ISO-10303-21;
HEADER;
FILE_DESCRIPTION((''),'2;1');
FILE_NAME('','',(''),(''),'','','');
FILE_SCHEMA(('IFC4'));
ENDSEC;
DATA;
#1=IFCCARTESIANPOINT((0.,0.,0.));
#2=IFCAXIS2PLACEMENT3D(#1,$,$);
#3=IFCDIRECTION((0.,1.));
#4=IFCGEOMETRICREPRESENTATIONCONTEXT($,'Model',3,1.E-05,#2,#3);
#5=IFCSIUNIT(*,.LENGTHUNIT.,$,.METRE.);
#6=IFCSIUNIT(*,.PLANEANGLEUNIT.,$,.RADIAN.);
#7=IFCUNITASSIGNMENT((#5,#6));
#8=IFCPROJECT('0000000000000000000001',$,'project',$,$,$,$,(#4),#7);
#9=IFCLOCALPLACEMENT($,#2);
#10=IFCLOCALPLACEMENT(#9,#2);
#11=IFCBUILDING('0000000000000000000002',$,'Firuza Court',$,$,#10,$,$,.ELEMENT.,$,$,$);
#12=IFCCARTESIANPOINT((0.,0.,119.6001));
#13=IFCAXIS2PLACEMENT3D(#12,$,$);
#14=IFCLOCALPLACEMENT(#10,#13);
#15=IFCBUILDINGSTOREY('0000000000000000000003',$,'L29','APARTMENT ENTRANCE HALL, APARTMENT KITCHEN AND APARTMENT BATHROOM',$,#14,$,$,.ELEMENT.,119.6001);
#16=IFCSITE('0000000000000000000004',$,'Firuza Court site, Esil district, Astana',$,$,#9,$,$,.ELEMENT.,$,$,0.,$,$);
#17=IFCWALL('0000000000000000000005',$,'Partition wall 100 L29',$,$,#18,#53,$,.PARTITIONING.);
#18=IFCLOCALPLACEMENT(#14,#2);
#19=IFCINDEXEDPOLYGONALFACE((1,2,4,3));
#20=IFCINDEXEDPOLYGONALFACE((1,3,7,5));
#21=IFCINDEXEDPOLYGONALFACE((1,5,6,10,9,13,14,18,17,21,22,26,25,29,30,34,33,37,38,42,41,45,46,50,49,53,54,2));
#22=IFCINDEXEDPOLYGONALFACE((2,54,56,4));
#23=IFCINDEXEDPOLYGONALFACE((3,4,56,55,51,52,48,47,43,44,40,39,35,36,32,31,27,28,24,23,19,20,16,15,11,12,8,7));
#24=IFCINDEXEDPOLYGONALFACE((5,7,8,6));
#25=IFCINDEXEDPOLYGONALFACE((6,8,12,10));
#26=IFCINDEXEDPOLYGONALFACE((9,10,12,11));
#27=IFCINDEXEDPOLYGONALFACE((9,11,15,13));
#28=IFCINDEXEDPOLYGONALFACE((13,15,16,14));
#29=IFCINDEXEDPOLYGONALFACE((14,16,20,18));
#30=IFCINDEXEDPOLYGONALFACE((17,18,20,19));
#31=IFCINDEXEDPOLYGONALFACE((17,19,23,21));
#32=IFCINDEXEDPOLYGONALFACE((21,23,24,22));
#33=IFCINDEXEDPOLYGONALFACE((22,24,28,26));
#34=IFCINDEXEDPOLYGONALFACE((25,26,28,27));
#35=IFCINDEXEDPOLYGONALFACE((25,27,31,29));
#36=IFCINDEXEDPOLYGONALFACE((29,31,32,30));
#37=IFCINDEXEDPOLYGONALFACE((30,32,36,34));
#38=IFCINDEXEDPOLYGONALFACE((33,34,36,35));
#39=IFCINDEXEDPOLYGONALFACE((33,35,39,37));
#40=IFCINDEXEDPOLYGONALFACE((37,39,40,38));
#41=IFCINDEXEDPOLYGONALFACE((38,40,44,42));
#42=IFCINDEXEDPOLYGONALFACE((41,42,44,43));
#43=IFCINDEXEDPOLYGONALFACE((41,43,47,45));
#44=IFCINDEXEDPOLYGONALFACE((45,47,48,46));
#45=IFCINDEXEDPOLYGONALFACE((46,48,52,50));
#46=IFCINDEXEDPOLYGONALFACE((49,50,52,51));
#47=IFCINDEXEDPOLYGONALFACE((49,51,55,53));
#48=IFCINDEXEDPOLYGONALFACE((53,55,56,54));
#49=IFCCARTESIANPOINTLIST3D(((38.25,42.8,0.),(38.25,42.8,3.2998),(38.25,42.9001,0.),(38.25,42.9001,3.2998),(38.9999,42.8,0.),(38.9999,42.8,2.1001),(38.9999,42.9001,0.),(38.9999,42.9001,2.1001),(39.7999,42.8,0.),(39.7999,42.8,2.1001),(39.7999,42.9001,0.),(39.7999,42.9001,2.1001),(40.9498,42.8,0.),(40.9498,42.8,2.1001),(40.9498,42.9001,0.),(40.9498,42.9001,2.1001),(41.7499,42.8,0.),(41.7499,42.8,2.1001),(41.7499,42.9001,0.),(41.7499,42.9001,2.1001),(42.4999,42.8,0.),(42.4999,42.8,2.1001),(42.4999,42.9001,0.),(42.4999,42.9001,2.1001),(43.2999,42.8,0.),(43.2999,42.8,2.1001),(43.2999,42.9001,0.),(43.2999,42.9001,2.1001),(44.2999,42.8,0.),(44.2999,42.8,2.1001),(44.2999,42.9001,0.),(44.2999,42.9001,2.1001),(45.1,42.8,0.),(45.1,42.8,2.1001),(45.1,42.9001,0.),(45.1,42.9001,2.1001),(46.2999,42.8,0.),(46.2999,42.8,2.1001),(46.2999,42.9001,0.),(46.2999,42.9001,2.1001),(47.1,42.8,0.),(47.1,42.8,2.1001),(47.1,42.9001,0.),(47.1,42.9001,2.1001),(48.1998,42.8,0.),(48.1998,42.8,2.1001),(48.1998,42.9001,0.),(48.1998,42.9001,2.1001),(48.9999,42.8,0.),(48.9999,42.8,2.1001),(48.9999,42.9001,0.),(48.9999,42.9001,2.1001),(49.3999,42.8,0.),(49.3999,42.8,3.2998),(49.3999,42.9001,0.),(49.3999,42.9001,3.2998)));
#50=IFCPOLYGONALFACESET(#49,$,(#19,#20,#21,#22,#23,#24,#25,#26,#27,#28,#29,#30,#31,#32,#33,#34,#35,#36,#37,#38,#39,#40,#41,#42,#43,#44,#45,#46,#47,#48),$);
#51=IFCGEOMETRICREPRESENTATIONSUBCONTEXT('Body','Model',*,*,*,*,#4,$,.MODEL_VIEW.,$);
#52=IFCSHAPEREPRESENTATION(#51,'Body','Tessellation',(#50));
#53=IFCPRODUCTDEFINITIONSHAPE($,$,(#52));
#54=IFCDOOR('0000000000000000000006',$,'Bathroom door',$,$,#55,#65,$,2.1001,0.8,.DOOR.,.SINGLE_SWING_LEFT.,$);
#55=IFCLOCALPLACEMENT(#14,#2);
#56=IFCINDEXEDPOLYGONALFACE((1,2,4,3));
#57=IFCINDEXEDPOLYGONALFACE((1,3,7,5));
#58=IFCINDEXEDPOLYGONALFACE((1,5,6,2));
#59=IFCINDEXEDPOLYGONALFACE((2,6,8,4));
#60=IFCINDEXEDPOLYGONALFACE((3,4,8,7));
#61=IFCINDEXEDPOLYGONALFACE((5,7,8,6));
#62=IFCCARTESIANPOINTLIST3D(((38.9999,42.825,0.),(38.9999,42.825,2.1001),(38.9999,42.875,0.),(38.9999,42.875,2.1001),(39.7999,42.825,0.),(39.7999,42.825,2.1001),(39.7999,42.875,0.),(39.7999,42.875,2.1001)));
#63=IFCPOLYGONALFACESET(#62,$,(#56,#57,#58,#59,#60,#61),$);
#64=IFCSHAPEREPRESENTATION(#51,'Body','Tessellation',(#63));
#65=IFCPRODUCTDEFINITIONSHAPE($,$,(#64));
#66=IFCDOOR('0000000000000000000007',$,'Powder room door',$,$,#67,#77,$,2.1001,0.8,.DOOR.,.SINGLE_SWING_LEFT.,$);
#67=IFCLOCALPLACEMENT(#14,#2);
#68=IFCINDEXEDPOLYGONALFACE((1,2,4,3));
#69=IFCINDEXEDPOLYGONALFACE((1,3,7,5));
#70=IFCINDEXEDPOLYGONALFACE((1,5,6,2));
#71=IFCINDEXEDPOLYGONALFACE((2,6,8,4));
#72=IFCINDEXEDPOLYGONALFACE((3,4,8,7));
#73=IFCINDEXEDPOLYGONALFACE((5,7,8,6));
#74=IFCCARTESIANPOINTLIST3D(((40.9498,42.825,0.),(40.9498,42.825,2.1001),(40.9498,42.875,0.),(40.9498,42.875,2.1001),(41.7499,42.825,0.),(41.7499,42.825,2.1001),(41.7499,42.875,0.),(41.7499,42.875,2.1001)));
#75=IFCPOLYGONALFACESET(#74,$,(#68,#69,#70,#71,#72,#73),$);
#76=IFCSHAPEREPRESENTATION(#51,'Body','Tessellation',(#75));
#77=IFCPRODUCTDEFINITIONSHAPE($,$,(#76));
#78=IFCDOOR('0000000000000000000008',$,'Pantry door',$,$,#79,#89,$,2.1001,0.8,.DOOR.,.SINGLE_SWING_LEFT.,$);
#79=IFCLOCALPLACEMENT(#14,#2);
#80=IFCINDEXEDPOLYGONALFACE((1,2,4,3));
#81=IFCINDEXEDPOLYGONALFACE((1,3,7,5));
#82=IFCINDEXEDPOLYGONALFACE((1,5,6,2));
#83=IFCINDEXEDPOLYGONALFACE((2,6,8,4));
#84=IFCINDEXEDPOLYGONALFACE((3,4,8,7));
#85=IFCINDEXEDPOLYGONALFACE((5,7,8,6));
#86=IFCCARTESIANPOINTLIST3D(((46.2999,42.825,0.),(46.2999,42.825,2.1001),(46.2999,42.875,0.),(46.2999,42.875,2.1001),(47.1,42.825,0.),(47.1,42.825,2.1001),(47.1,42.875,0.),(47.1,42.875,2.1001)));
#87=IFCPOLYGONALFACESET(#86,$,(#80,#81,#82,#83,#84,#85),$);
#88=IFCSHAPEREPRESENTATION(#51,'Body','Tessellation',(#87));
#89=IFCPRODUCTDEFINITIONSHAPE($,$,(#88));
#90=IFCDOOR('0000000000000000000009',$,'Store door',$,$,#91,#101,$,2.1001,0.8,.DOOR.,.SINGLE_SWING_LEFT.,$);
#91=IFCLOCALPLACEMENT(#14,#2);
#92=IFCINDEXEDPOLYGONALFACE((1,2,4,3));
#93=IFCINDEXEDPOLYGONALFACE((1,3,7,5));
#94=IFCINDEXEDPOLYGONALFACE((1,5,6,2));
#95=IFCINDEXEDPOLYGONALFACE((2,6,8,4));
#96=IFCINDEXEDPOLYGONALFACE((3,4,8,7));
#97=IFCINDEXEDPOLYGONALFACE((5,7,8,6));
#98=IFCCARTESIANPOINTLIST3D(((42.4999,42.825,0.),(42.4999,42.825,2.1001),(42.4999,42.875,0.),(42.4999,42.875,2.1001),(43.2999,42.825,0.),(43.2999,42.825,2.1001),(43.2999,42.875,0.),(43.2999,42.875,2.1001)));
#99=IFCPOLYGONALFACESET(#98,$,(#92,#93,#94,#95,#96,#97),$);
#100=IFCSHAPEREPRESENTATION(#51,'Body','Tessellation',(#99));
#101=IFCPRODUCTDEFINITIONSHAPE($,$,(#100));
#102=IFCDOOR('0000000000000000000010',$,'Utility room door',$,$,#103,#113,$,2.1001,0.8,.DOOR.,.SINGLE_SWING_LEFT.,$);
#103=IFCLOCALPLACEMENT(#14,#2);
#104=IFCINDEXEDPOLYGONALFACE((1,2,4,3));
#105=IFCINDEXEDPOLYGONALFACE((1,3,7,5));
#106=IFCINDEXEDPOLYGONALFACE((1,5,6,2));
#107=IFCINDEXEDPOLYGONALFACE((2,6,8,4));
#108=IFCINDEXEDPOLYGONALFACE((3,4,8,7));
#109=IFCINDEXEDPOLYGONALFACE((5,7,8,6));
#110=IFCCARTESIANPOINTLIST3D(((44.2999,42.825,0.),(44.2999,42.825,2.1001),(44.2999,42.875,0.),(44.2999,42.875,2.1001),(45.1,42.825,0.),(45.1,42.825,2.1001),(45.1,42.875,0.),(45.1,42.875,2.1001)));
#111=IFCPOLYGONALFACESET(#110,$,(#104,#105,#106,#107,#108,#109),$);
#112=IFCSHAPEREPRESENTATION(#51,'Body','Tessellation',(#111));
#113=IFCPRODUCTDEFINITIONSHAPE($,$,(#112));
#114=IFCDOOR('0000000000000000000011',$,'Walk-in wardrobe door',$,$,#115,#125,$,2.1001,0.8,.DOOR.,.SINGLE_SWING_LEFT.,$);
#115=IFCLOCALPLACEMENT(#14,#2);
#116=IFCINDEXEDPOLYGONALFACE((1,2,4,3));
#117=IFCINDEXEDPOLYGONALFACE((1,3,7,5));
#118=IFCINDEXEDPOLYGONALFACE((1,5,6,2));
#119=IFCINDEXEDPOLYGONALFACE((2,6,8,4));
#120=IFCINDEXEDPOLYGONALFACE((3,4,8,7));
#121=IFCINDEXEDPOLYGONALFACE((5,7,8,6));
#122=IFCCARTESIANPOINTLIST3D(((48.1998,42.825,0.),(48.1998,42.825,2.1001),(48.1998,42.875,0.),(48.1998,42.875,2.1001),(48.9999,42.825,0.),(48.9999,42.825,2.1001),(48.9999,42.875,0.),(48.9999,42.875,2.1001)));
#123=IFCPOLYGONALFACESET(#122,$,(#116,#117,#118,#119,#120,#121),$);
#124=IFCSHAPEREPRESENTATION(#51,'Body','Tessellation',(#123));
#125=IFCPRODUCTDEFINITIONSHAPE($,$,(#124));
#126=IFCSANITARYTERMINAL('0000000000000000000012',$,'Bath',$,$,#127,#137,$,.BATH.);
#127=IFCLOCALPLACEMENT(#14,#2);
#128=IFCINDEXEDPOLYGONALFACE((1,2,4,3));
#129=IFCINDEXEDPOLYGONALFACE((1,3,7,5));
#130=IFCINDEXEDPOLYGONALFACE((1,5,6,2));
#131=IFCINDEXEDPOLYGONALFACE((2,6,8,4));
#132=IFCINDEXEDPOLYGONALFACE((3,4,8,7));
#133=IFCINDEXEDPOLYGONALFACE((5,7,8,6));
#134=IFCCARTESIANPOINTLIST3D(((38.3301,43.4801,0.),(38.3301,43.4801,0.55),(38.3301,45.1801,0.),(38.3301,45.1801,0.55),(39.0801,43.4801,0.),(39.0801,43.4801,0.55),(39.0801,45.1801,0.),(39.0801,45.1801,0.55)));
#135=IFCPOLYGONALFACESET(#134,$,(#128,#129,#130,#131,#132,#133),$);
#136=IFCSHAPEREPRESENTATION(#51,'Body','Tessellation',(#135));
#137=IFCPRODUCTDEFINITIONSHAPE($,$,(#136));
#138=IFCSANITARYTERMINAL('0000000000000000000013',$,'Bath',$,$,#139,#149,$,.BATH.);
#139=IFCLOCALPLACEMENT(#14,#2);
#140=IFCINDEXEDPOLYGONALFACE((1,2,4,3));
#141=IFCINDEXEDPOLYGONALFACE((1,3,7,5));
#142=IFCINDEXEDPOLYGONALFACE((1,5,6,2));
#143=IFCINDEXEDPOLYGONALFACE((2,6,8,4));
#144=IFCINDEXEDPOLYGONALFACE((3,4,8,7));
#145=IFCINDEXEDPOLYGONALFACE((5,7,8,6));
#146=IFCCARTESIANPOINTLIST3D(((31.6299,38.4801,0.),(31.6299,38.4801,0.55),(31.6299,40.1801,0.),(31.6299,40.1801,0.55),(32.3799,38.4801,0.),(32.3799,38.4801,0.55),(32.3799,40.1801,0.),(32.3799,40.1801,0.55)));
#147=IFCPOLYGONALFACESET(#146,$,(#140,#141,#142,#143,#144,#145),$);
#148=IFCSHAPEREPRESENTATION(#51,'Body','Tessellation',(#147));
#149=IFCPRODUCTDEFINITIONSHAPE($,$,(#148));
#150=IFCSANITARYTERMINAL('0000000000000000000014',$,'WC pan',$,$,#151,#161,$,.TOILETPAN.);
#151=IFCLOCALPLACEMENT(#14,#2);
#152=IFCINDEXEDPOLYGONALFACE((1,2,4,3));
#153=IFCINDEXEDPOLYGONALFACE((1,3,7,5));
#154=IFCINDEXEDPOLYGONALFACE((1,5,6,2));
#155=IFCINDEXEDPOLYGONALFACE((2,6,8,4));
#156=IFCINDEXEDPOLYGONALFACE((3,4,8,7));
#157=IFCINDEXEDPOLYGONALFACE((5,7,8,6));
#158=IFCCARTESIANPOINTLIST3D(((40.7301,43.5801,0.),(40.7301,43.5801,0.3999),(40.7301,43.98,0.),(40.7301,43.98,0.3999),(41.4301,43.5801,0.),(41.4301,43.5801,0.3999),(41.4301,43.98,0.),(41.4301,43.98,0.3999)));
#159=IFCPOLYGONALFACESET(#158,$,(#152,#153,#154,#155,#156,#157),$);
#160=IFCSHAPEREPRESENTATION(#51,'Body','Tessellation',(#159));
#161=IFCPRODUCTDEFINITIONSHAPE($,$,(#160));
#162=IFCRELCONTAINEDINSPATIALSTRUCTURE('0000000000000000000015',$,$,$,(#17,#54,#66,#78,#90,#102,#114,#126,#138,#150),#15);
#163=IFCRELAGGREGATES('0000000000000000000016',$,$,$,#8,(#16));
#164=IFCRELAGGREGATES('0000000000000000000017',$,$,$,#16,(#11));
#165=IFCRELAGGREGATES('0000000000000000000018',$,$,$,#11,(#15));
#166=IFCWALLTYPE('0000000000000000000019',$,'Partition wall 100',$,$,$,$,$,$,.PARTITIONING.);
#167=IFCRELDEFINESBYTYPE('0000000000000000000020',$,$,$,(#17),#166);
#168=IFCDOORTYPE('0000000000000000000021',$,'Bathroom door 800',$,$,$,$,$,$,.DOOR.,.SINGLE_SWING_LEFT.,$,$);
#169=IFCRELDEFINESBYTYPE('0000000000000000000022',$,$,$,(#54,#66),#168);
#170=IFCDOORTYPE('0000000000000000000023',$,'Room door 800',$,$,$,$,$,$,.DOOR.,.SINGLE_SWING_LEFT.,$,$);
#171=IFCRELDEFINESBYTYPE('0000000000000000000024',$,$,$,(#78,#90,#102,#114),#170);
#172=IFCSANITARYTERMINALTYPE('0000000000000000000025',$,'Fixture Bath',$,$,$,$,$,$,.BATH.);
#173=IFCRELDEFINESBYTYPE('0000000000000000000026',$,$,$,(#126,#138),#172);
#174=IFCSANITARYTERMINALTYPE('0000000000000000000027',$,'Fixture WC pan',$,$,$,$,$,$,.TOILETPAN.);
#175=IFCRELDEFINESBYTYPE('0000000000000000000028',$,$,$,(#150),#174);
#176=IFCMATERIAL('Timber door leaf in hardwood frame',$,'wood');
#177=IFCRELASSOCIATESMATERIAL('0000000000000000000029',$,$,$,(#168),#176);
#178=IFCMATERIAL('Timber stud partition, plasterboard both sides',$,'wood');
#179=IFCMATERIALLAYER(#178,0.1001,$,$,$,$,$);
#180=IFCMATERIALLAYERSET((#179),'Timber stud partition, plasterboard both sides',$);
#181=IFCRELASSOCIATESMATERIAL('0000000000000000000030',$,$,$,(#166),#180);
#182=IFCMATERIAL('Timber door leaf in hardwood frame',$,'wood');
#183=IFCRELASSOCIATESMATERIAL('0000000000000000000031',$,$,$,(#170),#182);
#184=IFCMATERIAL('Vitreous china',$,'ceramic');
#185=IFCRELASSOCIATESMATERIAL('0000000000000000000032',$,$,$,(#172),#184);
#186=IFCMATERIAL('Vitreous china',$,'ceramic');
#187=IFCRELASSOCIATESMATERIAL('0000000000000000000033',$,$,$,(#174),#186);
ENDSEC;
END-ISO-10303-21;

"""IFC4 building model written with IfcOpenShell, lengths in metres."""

from ifc_helpers import new_model, si_unit, direction, frame, frame_2d, origin, origin_2d, place, context, subcontext, project, spatial, rectangle, extrude, material, layer, layer_set, type_object, element, fill, save


model = new_model("IFC4")

# Units and contexts
model_context = context("Model", 3, precision=1e-05, world=origin(), true_north=direction((0.0, 1.0)))
body_context = subcontext(model_context, "Body", "Model", "MODEL_VIEW")
ifc_project = project(units=[si_unit("LENGTHUNIT", "METRE"), si_unit("PLANEANGLEUNIT", "RADIAN")], contexts=[model_context])

# Site, building, storey
site_placement = place(None, origin())
site = spatial("IfcSite", under=ifc_project, at=site_placement, Name="Firuza Court site, Esil district, Astana", CompositionType="ELEMENT", RefElevation=0.0)
building_placement = place(site_placement, origin())
building = spatial("IfcBuilding", under=site, at=building_placement, Name="Firuza Court", CompositionType="ELEMENT")
storey_placement = place(building_placement, frame((0.0, 0.0, 119.6001)))
storey = spatial("IfcBuildingStorey", under=building, at=storey_placement, Name="L29", Description="APARTMENT ENTRANCE HALL, APARTMENT KITCHEN AND APARTMENT BATHROOM", CompositionType="ELEMENT", Elevation=119.6001)

# Shared definitions
ifc_material_1 = material(Name="Timber door leaf in hardwood frame", Category="wood")
door_type_1 = type_object("IfcDoorType", Name="Bathroom door 800", OperationType="SINGLE_SWING_LEFT", PredefinedType="DOOR", material=ifc_material_1)

# Shared definitions
ifc_material_2 = material(Name="Timber stud partition, plasterboard both sides", Category="wood")
ifc_layer_1 = layer(ifc_material_2, 0.1001)
ifc_layer_set_1 = layer_set([ifc_layer_1], Name="Timber stud partition, plasterboard both sides")
wall_type_1 = type_object("IfcWallType", Name="Partition wall 100", PredefinedType="PARTITIONING", material=ifc_layer_set_1)

# Wall, openings, doors
wall_1_placement = place(storey_placement, frame((38.25, 42.8501, 0.0), z_axis=(0.0, 0.0, 1.0), x_axis=(1.0, 0.0, 0.0)))
wall_1 = element("IfcWall", 1, at=wall_1_placement, inside=storey, type_object=wall_type_1, Name="Partition wall 100 L29", PredefinedType="PARTITIONING", context=body_context, shape_type="SweptSolid", body=[
    extrude(rectangle(XDim=11.1499, YDim=0.1001, at=frame_2d((5.575, 0.0))), origin(), (0.0, 0.0, 1.0), 3.2998),
])
opening_1_placement = place(wall_1_placement, frame((0.75, 0.0, 0.0)))
opening_1 = element("IfcOpeningElement", 2, at=opening_1_placement, cuts=wall_1, PredefinedType="OPENING", context=body_context, shape_type="SweptSolid", body=[
    extrude(rectangle(XDim=0.8, YDim=2.1001, at=frame_2d((0.3999, 1.05))), frame((0.0, 0.062, 0.0), z_axis=(0.0, -1.0, 0.0), x_axis=(1.0, 0.0, 0.0)), (0.0, 0.0, 1.0), 0.124),
])
opening_2_placement = place(wall_1_placement, frame((8.05, 0.0, 0.0)))
opening_2 = element("IfcOpeningElement", 3, at=opening_2_placement, cuts=wall_1, PredefinedType="OPENING", context=body_context, shape_type="SweptSolid", body=[
    extrude(rectangle(XDim=0.8, YDim=2.1001, at=frame_2d((0.3999, 1.05))), frame((0.0, 0.062, 0.0), z_axis=(0.0, -1.0, 0.0), x_axis=(1.0, 0.0, 0.0)), (0.0, 0.0, 1.0), 0.124),
])
opening_3_placement = place(wall_1_placement, frame((4.25, 0.0, 0.0)))
opening_3 = element("IfcOpeningElement", 4, at=opening_3_placement, cuts=wall_1, PredefinedType="OPENING", context=body_context, shape_type="SweptSolid", body=[
    extrude(rectangle(XDim=0.8, YDim=2.1001, at=frame_2d((0.3999, 1.05))), frame((0.0, 0.062, 0.0), z_axis=(0.0, -1.0, 0.0), x_axis=(1.0, 0.0, 0.0)), (0.0, 0.0, 1.0), 0.124),
])
opening_4_placement = place(wall_1_placement, frame((6.05, 0.0, 0.0)))
opening_4 = element("IfcOpeningElement", 5, at=opening_4_placement, cuts=wall_1, PredefinedType="OPENING", context=body_context, shape_type="SweptSolid", body=[
    extrude(rectangle(XDim=0.8, YDim=2.1001, at=frame_2d((0.3999, 1.05))), frame((0.0, 0.062, 0.0), z_axis=(0.0, -1.0, 0.0), x_axis=(1.0, 0.0, 0.0)), (0.0, 0.0, 1.0), 0.124),
])
opening_5_placement = place(wall_1_placement, frame((9.95, 0.0, 0.0)))
opening_5 = element("IfcOpeningElement", 6, at=opening_5_placement, cuts=wall_1, PredefinedType="OPENING", context=body_context, shape_type="SweptSolid", body=[
    extrude(rectangle(XDim=0.8, YDim=2.1001, at=frame_2d((0.3999, 1.05))), frame((0.0, 0.062, 0.0), z_axis=(0.0, -1.0, 0.0), x_axis=(1.0, 0.0, 0.0)), (0.0, 0.0, 1.0), 0.124),
])
opening_6_placement = place(wall_1_placement, frame((2.7, 0.0, 0.0)))
opening_6 = element("IfcOpeningElement", 7, at=opening_6_placement, cuts=wall_1, PredefinedType="OPENING", context=body_context, shape_type="SweptSolid", body=[
    extrude(rectangle(XDim=0.8, YDim=2.1001, at=frame_2d((0.3999, 1.05))), frame((0.0, 0.062, 0.0), z_axis=(0.0, -1.0, 0.0), x_axis=(1.0, 0.0, 0.0)), (0.0, 0.0, 1.0), 0.124),
])
door_1_placement = place(opening_1_placement, origin())
door_1 = element("IfcDoor", 8, at=door_1_placement, inside=storey, type_object=door_type_1, Name="Bathroom door", OperationType="SINGLE_SWING_LEFT", OverallHeight=2.1001, OverallWidth=0.8, PredefinedType="DOOR", context=body_context, shape_type="SweptSolid", body=[
    extrude(rectangle(XDim=0.8, YDim=2.1001, at=frame_2d((0.3999, 1.05))), frame((0.0, 0.0249, 0.0), z_axis=(0.0, -1.0, 0.0), x_axis=(1.0, 0.0, 0.0)), (0.0, 0.0, 1.0), 0.05),
])
fill(opening_1, door_1)
door_2_placement = place(opening_6_placement, origin())
door_2 = element("IfcDoor", 9, at=door_2_placement, inside=storey, type_object=door_type_1, Name="Powder room door", OperationType="SINGLE_SWING_LEFT", OverallHeight=2.1001, OverallWidth=0.8, PredefinedType="DOOR", context=body_context, shape_type="SweptSolid", body=[
    extrude(rectangle(XDim=0.8, YDim=2.1001, at=frame_2d((0.3999, 1.05))), frame((0.0, 0.0249, 0.0), z_axis=(0.0, -1.0, 0.0), x_axis=(1.0, 0.0, 0.0)), (0.0, 0.0, 1.0), 0.05),
])
fill(opening_6, door_2)
ifc_material_3 = material(Name="Timber door leaf in hardwood frame", Category="wood")
door_type_2 = type_object("IfcDoorType", Name="Room door 800", OperationType="SINGLE_SWING_LEFT", PredefinedType="DOOR", material=ifc_material_3)
door_3_placement = place(opening_2_placement, origin())
door_3 = element("IfcDoor", 10, at=door_3_placement, inside=storey, type_object=door_type_2, Name="Pantry door", OperationType="SINGLE_SWING_LEFT", OverallHeight=2.1001, OverallWidth=0.8, PredefinedType="DOOR", context=body_context, shape_type="SweptSolid", body=[
    extrude(rectangle(XDim=0.8, YDim=2.1001, at=frame_2d((0.3999, 1.05))), frame((0.0, 0.0249, 0.0), z_axis=(0.0, -1.0, 0.0), x_axis=(1.0, 0.0, 0.0)), (0.0, 0.0, 1.0), 0.05),
])
fill(opening_2, door_3)
door_4_placement = place(opening_3_placement, origin())
door_4 = element("IfcDoor", 11, at=door_4_placement, inside=storey, type_object=door_type_2, Name="Store door", OperationType="SINGLE_SWING_LEFT", OverallHeight=2.1001, OverallWidth=0.8, PredefinedType="DOOR", context=body_context, shape_type="SweptSolid", body=[
    extrude(rectangle(XDim=0.8, YDim=2.1001, at=frame_2d((0.3999, 1.05))), frame((0.0, 0.0249, 0.0), z_axis=(0.0, -1.0, 0.0), x_axis=(1.0, 0.0, 0.0)), (0.0, 0.0, 1.0), 0.05),
])
fill(opening_3, door_4)
door_5_placement = place(opening_4_placement, origin())
door_5 = element("IfcDoor", 12, at=door_5_placement, inside=storey, type_object=door_type_2, Name="Utility room door", OperationType="SINGLE_SWING_LEFT", OverallHeight=2.1001, OverallWidth=0.8, PredefinedType="DOOR", context=body_context, shape_type="SweptSolid", body=[
    extrude(rectangle(XDim=0.8, YDim=2.1001, at=frame_2d((0.3999, 1.05))), frame((0.0, 0.0249, 0.0), z_axis=(0.0, -1.0, 0.0), x_axis=(1.0, 0.0, 0.0)), (0.0, 0.0, 1.0), 0.05),
])
fill(opening_4, door_5)
door_6_placement = place(opening_5_placement, origin())
door_6 = element("IfcDoor", 13, at=door_6_placement, inside=storey, type_object=door_type_2, Name="Walk-in wardrobe door", OperationType="SINGLE_SWING_LEFT", OverallHeight=2.1001, OverallWidth=0.8, PredefinedType="DOOR", context=body_context, shape_type="SweptSolid", body=[
    extrude(rectangle(XDim=0.8, YDim=2.1001, at=frame_2d((0.3999, 1.05))), frame((0.0, 0.0249, 0.0), z_axis=(0.0, -1.0, 0.0), x_axis=(1.0, 0.0, 0.0)), (0.0, 0.0, 1.0), 0.05),
])
fill(opening_5, door_6)

# Sanitary terminals
ifc_material_4 = material(Name="Vitreous china", Category="ceramic")
sanitary_terminal_type_1 = type_object("IfcSanitaryTerminalType", Name="Fixture Bath", PredefinedType="BATH", material=ifc_material_4)
for number, where, z_axis, x_axis, name in (
    (14, (38.7051, 44.3301, 0.0), (0.0, 0.0, 1.0), (1.0, 0.0, 0.0), "Bath"),
    (15, (32.0049, 39.3301, 0.0), (0.0, 0.0, 1.0), (1.0, 0.0, 0.0), "Bath"),
):
    element("IfcSanitaryTerminal", number, at=place(storey_placement, frame(where, z_axis=z_axis, x_axis=x_axis)), inside=storey, type_object=sanitary_terminal_type_1, Name=name, PredefinedType="BATH", context=body_context, shape_type="SweptSolid", body=[
        extrude(rectangle(XDim=0.75, YDim=1.7, at=origin_2d()), origin(), (0.0, 0.0, 1.0), 0.55),
    ])
ifc_material_5 = material(Name="Vitreous china", Category="ceramic")
sanitary_terminal_type_2 = type_object("IfcSanitaryTerminalType", Name="Fixture WC pan", PredefinedType="TOILETPAN", material=ifc_material_5)
sanitary_terminal_1_placement = place(storey_placement, frame((41.0801, 43.78, 0.0), z_axis=(0.0, 0.0, 1.0), x_axis=(1.0, 0.0, 0.0)))
element("IfcSanitaryTerminal", 16, at=sanitary_terminal_1_placement, inside=storey, type_object=sanitary_terminal_type_2, Name="WC pan", PredefinedType="TOILETPAN", context=body_context, shape_type="SweptSolid", body=[
    extrude(rectangle(XDim=0.7, YDim=0.3999, at=origin_2d()), origin(), (0.0, 0.0, 1.0), 0.3999),
])

save(model, "model.ifc")
